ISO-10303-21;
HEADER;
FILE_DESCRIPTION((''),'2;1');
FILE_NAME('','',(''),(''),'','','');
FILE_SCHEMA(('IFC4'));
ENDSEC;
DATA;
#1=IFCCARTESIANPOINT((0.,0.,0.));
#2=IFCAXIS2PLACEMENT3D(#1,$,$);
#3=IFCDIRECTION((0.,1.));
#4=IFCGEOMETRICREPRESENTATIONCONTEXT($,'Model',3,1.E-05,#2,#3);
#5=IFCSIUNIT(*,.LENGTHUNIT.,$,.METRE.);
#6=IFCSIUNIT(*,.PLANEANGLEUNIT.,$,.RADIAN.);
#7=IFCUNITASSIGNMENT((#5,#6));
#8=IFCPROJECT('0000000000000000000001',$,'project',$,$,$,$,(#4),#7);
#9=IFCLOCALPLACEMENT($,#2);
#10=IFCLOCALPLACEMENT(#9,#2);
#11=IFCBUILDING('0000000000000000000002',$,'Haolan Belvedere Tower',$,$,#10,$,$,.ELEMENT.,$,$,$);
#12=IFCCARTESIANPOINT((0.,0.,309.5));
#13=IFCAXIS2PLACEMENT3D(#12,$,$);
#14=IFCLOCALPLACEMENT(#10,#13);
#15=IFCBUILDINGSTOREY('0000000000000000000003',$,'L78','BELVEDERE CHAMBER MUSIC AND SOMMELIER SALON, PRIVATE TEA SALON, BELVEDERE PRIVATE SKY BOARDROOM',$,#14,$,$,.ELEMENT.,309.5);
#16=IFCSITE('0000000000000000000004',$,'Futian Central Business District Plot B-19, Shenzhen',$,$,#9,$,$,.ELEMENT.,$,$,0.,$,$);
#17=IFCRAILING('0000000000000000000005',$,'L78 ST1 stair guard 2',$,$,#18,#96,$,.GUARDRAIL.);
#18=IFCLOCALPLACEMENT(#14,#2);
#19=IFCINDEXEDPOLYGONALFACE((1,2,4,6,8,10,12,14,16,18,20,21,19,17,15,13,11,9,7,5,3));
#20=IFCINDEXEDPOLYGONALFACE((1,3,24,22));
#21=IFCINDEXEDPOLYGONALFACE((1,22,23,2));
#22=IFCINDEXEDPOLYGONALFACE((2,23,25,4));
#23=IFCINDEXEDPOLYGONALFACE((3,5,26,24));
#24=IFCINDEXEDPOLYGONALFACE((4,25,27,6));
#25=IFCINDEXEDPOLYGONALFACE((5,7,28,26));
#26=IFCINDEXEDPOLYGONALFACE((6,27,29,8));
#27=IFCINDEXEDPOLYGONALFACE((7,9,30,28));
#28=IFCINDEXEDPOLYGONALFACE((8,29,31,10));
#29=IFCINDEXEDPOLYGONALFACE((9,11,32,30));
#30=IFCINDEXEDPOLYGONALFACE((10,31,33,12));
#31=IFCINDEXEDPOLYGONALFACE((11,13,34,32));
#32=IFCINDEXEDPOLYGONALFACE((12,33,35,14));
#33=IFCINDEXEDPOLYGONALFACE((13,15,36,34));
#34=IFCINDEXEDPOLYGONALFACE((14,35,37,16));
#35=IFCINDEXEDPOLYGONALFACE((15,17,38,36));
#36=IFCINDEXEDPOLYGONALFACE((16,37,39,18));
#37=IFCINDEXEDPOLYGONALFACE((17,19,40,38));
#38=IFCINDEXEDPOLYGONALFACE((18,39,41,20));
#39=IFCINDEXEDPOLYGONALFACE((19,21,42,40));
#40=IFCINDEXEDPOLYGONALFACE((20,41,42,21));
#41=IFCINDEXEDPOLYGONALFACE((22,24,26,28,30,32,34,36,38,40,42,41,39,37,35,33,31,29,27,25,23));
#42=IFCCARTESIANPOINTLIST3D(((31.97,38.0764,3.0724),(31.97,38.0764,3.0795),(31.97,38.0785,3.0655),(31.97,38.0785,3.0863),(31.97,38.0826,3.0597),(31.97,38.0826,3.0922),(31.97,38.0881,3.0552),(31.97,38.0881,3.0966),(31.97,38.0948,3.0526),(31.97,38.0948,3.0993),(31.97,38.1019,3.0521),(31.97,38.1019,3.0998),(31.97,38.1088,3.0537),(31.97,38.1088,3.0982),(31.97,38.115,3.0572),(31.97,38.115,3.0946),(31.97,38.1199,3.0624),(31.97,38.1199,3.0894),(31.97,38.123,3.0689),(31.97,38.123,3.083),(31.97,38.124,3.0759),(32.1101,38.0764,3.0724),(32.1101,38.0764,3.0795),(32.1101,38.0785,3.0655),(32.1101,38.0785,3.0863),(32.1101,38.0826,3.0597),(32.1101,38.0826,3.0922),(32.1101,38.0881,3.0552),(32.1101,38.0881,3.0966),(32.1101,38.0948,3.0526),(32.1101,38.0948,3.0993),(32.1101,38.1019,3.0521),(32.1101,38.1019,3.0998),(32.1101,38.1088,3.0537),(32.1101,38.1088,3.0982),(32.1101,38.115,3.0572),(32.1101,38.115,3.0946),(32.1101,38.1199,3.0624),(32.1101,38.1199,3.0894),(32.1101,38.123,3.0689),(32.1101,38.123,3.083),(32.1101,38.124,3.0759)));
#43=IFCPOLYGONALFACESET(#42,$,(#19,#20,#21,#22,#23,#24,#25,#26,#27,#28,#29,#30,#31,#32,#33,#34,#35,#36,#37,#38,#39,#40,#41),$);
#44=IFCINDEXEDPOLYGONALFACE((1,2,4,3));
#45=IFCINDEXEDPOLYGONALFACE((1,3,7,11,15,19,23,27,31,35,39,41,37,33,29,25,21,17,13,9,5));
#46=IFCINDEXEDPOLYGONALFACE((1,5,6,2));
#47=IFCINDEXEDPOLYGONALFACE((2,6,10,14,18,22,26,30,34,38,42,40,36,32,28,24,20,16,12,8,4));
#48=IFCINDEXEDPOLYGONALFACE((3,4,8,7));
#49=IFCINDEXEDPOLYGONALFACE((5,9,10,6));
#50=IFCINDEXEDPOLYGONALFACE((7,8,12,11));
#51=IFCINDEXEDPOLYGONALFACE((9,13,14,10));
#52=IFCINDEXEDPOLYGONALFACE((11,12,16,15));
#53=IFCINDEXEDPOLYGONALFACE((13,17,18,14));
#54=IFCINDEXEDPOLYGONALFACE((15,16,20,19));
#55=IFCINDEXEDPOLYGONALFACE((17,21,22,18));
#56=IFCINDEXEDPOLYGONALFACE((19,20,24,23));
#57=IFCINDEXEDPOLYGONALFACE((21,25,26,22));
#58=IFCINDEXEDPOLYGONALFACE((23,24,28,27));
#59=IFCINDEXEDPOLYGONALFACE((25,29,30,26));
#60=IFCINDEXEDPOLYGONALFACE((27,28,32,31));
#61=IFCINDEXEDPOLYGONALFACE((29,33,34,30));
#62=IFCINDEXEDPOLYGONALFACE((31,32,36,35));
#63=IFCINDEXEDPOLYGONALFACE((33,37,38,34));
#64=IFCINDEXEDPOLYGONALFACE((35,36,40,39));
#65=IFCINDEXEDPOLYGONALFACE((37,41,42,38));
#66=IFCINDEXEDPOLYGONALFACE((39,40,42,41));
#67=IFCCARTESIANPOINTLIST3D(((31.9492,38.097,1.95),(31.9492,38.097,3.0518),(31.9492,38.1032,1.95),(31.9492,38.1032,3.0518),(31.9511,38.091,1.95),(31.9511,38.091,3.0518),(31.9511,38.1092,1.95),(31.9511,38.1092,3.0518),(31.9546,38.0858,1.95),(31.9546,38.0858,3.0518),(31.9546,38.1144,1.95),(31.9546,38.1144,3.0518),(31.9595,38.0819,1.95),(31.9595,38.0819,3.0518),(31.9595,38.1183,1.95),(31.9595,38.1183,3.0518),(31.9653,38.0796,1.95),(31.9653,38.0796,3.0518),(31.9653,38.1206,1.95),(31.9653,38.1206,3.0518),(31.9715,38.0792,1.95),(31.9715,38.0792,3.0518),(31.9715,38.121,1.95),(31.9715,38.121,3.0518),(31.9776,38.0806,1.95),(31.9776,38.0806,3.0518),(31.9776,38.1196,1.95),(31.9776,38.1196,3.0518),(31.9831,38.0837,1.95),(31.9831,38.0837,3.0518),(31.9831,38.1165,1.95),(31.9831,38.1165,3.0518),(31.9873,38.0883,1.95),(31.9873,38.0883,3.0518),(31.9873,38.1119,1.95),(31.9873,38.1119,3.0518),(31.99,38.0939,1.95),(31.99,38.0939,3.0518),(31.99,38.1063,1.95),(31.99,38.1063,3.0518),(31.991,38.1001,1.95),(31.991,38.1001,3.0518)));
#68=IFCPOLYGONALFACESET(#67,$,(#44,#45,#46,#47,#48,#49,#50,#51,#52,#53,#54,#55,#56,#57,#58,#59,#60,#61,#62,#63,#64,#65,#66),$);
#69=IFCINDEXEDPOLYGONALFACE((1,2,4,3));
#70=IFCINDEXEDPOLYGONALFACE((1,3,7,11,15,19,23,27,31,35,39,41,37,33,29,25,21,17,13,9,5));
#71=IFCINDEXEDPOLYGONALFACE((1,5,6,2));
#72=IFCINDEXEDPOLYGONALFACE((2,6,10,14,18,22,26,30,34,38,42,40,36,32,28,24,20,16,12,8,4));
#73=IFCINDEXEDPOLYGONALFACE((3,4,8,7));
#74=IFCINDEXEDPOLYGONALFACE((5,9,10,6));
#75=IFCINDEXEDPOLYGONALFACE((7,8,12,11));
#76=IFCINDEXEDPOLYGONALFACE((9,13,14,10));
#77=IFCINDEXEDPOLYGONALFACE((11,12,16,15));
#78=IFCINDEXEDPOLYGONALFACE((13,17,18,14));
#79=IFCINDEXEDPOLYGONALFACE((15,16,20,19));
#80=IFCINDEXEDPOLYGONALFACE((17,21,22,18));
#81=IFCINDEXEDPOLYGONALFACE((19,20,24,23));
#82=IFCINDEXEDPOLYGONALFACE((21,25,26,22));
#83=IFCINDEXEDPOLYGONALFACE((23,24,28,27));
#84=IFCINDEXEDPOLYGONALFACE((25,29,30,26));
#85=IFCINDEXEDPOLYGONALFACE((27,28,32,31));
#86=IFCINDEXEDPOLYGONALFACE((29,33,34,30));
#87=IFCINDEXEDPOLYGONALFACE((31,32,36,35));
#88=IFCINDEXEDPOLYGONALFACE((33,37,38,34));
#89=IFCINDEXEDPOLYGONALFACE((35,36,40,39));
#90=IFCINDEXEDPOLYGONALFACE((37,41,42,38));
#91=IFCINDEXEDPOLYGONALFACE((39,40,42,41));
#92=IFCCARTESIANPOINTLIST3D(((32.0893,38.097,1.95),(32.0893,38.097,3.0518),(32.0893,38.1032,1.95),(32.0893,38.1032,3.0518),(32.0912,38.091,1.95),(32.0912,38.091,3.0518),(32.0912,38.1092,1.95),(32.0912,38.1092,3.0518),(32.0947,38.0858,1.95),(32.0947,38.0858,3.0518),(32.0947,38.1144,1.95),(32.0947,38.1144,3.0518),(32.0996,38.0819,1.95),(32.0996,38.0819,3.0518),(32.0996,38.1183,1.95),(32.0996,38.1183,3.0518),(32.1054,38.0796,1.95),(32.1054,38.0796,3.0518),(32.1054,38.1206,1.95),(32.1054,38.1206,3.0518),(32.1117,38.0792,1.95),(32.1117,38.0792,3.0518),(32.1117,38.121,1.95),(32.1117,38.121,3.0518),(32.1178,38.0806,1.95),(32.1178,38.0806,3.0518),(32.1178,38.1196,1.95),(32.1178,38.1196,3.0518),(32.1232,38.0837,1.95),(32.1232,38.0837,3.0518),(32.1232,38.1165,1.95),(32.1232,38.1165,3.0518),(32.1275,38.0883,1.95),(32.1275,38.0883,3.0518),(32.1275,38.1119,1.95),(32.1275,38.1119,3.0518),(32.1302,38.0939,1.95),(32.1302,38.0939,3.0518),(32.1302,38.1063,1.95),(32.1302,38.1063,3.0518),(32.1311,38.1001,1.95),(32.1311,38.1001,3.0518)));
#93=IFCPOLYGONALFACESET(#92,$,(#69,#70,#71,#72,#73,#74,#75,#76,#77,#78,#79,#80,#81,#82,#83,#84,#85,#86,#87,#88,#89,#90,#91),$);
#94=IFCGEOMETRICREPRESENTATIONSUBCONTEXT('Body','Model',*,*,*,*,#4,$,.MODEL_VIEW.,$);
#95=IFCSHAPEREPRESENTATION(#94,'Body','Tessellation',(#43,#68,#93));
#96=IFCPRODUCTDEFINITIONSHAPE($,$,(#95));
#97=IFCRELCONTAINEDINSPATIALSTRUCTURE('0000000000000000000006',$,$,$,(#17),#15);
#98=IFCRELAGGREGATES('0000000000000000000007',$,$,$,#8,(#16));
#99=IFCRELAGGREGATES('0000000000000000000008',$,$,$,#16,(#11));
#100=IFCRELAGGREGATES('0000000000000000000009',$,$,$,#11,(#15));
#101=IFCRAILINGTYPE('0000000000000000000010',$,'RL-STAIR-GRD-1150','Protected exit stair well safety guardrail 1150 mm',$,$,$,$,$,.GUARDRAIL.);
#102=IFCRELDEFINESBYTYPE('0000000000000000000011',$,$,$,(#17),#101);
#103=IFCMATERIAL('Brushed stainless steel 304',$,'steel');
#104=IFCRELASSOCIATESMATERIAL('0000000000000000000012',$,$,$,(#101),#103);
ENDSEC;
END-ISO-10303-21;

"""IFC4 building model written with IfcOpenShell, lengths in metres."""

from ifc_helpers import new_model, si_unit, direction, frame, origin, origin_2d, place, context, subcontext, project, spatial, circle, extrude, material, type_object, element, save


model = new_model("IFC4")

# Units and contexts
model_context = context("Model", 3, precision=1e-05, world=origin(), true_north=direction((0.0, 1.0)))
body_context = subcontext(model_context, "Body", "Model", "MODEL_VIEW")
ifc_project = project(units=[si_unit("LENGTHUNIT", "METRE"), si_unit("PLANEANGLEUNIT", "RADIAN")], contexts=[model_context])

# Site, building, storey
site_placement = place(None, origin())
site = spatial("IfcSite", under=ifc_project, at=site_placement, Name="Futian Central Business District Plot B-19, Shenzhen", CompositionType="ELEMENT", RefElevation=0.0)
building_placement = place(site_placement, origin())
building = spatial("IfcBuilding", under=site, at=building_placement, Name="Haolan Belvedere Tower", CompositionType="ELEMENT")
storey_placement = place(building_placement, frame((0.0, 0.0, 309.5)))
storey = spatial("IfcBuildingStorey", under=building, at=storey_placement, Name="L78", Description="BELVEDERE CHAMBER MUSIC AND SOMMELIER SALON, PRIVATE TEA SALON, BELVEDERE PRIVATE SKY BOARDROOM", CompositionType="ELEMENT", Elevation=309.5)

# Railing
ifc_material_1 = material(Name="Brushed stainless steel 304", Category="steel")
railing_type_1 = type_object("IfcRailingType", Name="RL-STAIR-GRD-1150", Description="Protected exit stair well safety guardrail 1150 mm", PredefinedType="GUARDRAIL", material=ifc_material_1)
railing_1_placement = place(storey_placement, frame((31.97, 38.1001, 1.95)))
element("IfcRailing", 1, at=railing_1_placement, inside=storey, type_object=railing_type_1, Name="L78 ST1 stair guard 2", PredefinedType="GUARDRAIL", context=body_context, shape_type="SweptSolid", body=[
    extrude(circle(Radius=0.0239, at=origin_2d()), frame((0.0, 0.0, 1.126), z_axis=(1.0, 0.0, 0.0), x_axis=(0.0, 1.0, 0.0)), (0.0, 0.0, 1.0), 0.1401),
    extrude(circle(Radius=0.021, at=origin_2d()), origin(), (0.0, 0.0, 1.0), 1.1018),
    extrude(circle(Radius=0.021, at=origin_2d()), frame((0.1401, 0.0, 0.0)), (0.0, 0.0, 1.0), 1.1018),
])

save(model, "model.ifc")
